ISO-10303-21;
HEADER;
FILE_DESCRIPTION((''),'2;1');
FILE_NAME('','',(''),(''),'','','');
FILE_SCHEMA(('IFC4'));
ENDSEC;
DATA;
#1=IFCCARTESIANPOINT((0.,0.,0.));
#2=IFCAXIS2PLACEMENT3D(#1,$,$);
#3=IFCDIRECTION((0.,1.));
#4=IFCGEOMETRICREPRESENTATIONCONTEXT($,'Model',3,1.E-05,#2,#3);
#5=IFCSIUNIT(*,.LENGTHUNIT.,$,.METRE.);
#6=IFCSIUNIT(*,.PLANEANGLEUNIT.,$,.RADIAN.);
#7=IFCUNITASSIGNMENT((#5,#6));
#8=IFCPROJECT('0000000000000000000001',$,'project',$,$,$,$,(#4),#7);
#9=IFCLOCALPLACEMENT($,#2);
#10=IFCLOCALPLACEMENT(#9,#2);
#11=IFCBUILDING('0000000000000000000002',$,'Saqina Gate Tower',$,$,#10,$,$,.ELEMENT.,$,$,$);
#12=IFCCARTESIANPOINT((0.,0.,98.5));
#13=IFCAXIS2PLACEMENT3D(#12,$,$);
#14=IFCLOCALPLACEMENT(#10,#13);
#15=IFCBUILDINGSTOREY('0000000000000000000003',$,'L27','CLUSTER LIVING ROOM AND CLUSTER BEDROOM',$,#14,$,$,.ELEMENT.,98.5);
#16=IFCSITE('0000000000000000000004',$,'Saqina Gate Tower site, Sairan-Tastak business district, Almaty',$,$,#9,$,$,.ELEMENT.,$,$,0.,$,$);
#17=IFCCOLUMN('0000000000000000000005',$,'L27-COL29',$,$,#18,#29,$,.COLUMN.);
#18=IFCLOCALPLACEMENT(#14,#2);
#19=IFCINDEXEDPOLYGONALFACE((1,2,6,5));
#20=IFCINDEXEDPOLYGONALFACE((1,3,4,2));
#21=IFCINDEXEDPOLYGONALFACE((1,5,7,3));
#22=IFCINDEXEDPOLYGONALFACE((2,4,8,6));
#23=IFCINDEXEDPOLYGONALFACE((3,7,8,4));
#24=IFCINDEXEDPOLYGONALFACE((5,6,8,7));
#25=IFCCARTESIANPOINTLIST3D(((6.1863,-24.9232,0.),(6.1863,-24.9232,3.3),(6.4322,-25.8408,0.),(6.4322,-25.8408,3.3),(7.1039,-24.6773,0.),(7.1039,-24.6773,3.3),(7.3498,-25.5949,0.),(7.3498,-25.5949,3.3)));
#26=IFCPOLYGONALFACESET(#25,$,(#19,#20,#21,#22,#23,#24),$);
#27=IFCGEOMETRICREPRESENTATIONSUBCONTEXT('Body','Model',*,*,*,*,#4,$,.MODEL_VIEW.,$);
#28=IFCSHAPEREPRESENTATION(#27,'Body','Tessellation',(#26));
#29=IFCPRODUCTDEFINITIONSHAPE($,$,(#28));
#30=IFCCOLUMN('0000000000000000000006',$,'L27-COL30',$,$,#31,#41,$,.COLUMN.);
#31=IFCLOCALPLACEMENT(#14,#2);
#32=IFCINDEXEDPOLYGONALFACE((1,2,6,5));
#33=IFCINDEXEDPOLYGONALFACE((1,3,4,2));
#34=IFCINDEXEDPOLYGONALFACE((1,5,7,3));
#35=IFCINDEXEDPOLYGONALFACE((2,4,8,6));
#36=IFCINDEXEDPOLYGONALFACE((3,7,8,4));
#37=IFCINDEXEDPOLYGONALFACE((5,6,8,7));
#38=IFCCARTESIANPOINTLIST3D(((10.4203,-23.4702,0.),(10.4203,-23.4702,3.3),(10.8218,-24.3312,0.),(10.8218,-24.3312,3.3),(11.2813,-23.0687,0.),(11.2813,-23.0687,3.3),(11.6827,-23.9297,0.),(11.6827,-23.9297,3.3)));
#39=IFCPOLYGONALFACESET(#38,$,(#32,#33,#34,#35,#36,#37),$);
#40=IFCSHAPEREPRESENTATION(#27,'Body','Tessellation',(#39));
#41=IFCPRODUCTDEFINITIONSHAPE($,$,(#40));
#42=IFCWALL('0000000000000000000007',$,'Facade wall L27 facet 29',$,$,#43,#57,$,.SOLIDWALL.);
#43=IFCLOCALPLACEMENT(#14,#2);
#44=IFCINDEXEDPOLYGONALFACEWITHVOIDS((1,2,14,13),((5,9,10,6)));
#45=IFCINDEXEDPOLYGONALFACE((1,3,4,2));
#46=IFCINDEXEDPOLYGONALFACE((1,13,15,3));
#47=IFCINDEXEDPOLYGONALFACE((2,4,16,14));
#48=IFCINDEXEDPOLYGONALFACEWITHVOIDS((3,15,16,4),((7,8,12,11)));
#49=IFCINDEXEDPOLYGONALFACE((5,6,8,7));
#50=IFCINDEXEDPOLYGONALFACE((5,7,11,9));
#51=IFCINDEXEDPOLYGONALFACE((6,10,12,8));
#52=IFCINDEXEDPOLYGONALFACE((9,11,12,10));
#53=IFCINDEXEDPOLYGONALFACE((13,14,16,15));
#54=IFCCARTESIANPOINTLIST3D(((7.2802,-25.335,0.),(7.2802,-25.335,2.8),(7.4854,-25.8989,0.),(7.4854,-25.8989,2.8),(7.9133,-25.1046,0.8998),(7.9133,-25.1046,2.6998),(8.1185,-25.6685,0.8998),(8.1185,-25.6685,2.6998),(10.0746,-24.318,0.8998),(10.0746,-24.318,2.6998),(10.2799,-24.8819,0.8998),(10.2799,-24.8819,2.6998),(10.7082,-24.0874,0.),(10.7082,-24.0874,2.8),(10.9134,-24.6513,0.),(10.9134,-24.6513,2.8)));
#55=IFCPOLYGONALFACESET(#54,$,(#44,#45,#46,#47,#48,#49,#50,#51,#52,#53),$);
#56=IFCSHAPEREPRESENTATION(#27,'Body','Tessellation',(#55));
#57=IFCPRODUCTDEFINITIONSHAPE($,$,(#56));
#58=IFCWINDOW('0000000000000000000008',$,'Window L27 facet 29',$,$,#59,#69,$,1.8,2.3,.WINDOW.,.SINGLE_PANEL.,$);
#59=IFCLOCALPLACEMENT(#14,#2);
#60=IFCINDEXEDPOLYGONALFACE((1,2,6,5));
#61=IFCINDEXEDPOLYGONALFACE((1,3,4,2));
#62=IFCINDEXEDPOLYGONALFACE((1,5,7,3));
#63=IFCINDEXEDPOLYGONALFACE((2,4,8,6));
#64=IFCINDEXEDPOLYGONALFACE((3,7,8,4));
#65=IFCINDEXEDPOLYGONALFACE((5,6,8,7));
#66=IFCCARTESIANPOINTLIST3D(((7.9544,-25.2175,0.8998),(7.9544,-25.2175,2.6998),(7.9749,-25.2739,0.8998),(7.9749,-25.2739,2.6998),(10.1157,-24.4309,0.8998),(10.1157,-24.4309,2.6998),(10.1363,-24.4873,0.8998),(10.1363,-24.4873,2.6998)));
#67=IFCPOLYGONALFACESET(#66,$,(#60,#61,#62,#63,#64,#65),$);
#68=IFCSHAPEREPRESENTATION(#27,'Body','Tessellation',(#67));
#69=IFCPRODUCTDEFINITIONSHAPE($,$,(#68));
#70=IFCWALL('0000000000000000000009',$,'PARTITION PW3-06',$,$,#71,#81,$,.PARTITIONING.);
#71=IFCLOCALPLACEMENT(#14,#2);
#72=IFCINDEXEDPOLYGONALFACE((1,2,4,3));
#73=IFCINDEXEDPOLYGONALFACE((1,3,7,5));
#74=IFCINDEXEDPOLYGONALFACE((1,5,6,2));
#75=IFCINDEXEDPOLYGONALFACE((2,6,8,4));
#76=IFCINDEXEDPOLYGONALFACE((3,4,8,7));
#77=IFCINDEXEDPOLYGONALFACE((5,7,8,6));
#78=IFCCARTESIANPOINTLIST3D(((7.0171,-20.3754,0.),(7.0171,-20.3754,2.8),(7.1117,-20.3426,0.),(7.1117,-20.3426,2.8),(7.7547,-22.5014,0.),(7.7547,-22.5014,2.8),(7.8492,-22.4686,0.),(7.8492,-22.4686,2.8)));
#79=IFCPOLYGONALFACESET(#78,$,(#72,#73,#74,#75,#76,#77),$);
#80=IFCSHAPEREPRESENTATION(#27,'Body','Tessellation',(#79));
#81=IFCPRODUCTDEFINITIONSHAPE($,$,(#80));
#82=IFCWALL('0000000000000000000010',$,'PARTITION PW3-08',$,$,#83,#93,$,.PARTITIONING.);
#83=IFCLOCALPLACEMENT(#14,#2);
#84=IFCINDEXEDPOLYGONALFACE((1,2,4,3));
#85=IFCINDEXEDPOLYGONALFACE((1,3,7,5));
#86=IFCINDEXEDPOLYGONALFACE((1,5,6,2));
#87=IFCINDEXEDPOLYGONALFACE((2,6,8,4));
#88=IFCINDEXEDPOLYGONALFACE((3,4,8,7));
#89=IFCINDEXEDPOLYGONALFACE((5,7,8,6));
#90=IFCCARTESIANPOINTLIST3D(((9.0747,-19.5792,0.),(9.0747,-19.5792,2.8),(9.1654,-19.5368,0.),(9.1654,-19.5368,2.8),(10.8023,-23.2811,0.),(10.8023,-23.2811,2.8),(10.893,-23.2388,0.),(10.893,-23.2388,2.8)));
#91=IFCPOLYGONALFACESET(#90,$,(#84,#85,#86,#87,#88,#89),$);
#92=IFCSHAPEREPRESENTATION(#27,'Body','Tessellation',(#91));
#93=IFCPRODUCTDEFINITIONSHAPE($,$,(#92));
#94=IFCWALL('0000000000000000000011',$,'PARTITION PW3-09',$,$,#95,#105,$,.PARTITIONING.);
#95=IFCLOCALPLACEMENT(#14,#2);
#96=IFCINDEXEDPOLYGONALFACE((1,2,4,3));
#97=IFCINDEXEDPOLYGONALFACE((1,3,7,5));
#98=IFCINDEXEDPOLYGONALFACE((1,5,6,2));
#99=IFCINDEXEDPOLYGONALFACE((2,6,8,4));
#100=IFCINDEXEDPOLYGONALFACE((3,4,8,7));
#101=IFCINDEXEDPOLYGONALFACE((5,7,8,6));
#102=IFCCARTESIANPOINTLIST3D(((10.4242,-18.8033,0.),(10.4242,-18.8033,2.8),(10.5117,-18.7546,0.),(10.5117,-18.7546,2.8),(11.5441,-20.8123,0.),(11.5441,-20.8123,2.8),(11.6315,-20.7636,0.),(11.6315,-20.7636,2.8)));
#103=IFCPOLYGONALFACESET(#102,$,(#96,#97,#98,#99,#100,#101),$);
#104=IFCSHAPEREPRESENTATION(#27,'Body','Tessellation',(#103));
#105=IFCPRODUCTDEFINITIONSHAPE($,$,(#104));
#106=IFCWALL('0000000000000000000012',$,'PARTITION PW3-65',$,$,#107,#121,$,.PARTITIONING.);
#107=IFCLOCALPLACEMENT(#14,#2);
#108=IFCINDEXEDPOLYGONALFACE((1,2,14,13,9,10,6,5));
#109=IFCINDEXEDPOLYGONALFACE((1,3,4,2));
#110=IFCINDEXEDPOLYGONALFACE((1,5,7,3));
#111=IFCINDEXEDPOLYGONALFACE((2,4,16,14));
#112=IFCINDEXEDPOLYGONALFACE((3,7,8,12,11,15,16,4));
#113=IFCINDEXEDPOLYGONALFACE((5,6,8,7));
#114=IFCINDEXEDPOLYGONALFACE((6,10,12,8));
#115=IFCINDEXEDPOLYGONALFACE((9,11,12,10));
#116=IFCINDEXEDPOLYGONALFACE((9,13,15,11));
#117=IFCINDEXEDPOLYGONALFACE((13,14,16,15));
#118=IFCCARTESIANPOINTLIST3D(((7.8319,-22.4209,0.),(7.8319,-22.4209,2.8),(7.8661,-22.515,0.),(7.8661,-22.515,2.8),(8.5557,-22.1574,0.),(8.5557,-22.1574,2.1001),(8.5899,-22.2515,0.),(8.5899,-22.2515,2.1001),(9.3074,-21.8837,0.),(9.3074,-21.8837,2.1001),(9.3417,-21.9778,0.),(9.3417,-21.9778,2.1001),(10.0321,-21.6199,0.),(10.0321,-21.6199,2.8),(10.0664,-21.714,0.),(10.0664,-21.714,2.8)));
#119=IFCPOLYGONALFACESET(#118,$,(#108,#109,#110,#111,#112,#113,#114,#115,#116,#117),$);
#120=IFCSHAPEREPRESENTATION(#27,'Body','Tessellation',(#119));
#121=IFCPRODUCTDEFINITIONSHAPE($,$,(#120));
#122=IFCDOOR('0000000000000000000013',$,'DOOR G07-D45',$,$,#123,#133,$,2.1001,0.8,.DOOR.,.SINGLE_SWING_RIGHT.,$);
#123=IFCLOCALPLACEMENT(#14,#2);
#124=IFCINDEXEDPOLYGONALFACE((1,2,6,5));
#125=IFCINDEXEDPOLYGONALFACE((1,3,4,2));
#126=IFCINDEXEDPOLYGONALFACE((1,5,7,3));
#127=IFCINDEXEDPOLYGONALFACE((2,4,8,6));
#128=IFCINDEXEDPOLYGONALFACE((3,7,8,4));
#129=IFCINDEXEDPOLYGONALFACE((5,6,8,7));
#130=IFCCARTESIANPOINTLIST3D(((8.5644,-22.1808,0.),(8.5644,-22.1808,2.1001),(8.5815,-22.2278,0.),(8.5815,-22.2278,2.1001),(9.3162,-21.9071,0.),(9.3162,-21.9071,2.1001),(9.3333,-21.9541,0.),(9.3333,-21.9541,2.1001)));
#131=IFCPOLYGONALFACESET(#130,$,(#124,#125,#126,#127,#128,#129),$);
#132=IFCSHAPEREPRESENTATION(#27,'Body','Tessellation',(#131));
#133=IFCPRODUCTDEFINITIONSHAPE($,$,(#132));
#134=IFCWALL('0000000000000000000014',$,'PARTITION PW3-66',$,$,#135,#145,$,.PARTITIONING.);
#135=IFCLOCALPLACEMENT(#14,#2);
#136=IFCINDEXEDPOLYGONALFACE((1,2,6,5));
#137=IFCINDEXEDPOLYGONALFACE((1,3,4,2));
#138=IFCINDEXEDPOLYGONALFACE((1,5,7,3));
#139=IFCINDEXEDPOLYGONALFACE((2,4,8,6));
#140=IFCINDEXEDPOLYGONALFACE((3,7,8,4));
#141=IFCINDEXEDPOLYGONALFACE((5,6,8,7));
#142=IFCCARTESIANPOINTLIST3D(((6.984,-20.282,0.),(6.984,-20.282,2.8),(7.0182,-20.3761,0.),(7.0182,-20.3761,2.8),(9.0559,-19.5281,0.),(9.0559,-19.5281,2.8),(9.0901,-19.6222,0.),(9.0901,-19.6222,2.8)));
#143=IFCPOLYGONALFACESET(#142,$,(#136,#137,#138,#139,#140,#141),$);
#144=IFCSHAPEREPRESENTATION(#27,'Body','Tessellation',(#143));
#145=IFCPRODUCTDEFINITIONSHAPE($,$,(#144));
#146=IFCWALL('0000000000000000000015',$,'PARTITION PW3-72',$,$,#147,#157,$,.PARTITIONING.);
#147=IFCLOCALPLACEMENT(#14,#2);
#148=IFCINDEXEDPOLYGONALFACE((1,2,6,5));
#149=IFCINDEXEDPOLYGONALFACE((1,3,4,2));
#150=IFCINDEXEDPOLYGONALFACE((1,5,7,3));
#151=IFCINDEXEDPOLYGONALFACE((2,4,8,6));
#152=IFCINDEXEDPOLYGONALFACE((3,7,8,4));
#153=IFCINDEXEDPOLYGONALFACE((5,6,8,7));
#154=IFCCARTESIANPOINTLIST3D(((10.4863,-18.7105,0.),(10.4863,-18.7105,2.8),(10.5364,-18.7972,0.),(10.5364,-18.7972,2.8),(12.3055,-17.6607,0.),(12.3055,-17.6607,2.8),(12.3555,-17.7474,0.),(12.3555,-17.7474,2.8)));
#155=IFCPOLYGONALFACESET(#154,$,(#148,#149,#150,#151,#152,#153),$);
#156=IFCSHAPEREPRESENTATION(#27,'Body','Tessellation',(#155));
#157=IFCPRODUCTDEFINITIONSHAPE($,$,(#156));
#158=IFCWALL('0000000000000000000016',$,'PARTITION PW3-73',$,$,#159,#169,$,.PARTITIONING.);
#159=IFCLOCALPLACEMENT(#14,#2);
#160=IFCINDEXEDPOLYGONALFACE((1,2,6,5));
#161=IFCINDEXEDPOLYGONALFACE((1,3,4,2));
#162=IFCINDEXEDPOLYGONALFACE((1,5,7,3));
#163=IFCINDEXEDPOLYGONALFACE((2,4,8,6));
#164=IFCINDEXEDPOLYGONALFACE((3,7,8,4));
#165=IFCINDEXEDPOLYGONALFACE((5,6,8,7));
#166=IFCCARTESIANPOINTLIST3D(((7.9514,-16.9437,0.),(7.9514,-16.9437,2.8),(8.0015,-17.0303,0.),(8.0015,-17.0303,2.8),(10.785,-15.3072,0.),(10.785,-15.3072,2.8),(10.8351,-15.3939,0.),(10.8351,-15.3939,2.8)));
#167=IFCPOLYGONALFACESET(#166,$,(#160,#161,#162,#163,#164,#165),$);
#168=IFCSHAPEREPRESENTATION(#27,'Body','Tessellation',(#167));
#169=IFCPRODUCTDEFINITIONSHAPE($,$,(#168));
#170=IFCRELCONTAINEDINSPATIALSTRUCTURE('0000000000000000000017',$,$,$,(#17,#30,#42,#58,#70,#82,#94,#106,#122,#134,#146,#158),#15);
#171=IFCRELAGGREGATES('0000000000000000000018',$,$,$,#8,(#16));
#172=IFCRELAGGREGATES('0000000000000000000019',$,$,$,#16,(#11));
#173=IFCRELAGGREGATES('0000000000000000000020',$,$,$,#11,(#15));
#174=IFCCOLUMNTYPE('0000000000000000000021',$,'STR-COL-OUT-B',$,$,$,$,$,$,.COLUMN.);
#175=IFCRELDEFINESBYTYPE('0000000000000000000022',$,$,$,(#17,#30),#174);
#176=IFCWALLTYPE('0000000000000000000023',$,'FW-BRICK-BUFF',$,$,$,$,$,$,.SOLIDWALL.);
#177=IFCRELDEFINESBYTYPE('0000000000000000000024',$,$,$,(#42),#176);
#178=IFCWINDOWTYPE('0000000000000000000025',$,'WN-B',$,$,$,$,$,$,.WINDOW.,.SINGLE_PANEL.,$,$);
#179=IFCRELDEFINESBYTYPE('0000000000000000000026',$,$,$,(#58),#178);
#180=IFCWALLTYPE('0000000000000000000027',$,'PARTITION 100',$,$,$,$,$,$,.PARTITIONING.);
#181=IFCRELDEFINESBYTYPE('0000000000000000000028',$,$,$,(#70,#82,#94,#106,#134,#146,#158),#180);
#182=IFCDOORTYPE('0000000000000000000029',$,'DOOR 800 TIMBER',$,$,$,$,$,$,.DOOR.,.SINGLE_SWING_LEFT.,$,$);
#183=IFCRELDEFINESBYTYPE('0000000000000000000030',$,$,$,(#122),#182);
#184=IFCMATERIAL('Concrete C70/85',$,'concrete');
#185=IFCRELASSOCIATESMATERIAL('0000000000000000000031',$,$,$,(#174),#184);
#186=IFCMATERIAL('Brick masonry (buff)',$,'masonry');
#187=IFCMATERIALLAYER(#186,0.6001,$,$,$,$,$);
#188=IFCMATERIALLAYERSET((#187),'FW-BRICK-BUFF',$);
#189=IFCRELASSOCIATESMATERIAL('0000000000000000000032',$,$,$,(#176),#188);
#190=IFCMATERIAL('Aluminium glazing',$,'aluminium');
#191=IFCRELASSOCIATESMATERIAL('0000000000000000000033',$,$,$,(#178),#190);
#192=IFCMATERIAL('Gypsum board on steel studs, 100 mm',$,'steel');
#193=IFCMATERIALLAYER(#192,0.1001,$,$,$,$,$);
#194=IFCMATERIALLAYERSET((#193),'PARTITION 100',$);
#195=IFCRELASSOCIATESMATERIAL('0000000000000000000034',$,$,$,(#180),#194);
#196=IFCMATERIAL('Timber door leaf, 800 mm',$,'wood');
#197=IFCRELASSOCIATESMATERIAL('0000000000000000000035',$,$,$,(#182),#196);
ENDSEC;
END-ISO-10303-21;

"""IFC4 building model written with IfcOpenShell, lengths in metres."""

from ifc_helpers import new_model, si_unit, direction, frame, frame_2d, origin, origin_2d, place, context, subcontext, project, spatial, rectangle, extrude, material, layer, layer_set, material_profile, profile_set, type_object, element, fill, save


model = new_model("IFC4")

# Units and contexts
model_context = context("Model", 3, precision=1e-05, world=origin(), true_north=direction((0.0, 1.0)))
body_context = subcontext(model_context, "Body", "Model", "MODEL_VIEW")
ifc_project = project(units=[si_unit("LENGTHUNIT", "METRE"), si_unit("PLANEANGLEUNIT", "RADIAN")], contexts=[model_context])

# Site, building, storey
site_placement = place(None, origin())
site = spatial("IfcSite", under=ifc_project, at=site_placement, Name="Saqina Gate Tower site, Sairan-Tastak business district, Almaty", CompositionType="ELEMENT", RefElevation=0.0)
building_placement = place(site_placement, origin())
building = spatial("IfcBuilding", under=site, at=building_placement, Name="Saqina Gate Tower", CompositionType="ELEMENT")
storey_placement = place(building_placement, frame((0.0, 0.0, 98.5)))
storey = spatial("IfcBuildingStorey", under=building, at=storey_placement, Name="L27", Description="CLUSTER LIVING ROOM AND CLUSTER BEDROOM", CompositionType="ELEMENT", Elevation=98.5)

# Columns
ifc_material_1 = material(Name="Concrete C70/85", Category="concrete")
ifc_material_profile = material_profile(ifc_material_1, rectangle(XDim=0.95, YDim=0.95, at=origin_2d()), Name="RC 950x950")
ifc_profile_set = profile_set([ifc_material_profile], Name="Concrete C70/85")
column_type = type_object("IfcColumnType", Name="STR-COL-OUT-B", PredefinedType="COLUMN", material=ifc_profile_set)
for number, where, z_axis, x_axis, name in (
    (1, (6.7681, -25.259, 0.0), (0.0, 0.0, 1.0), (0.258819, -0.965926, 0.0), "L27-COL29"),
    (2, (11.0515, -23.7, 0.0), (0.0, 0.0, 1.0), (0.422618, -0.906308, 0.0), "L27-COL30"),
):
    element("IfcColumn", number, at=place(storey_placement, frame(where, z_axis=z_axis, x_axis=x_axis)), inside=storey, type_object=column_type, Name=name, PredefinedType="COLUMN", context=body_context, shape_type="SweptSolid", body=[
        extrude(rectangle(XDim=0.95, YDim=0.95, at=origin_2d()), origin(), (0.0, 0.0, 1.0), 3.3),
    ])

# Wall, opening, window
ifc_material_2 = material(Name="Brick masonry (buff)", Category="masonry")
ifc_layer_1 = layer(ifc_material_2, 0.6001)
ifc_layer_set_1 = layer_set([ifc_layer_1], Name="FW-BRICK-BUFF")
wall_type_1 = type_object("IfcWallType", Name="FW-BRICK-BUFF", PredefinedType="SOLIDWALL", material=ifc_layer_set_1)
wall_1_placement = place(storey_placement, frame((7.3828, -25.6169, 0.0), z_axis=(0.0, 0.0, 1.0), x_axis=(0.939704, 0.34199, 0.0)))
wall_1 = element("IfcWall", 3, at=wall_1_placement, inside=storey, type_object=wall_type_1, Name="Facade wall L27 facet 29", PredefinedType="SOLIDWALL", context=body_context, shape_type="SweptSolid", body=[
    extrude(rectangle(XDim=3.6479, YDim=0.6001, at=frame_2d((1.824, 0.0))), origin(), (0.0, 0.0, 1.0), 2.8),
])
opening_1_placement = place(wall_1_placement, frame((0.6738, 0.0, 0.8999)))
opening_1 = element("IfcOpeningElement", 4, at=opening_1_placement, cuts=wall_1, PredefinedType="OPENING", context=body_context, shape_type="SweptSolid", body=[
    extrude(rectangle(XDim=2.3, YDim=1.8, at=frame_2d((1.1499, 0.8999))), frame((0.0, 0.312, 0.0), z_axis=(0.0, -1.0, 0.0), x_axis=(1.0, 0.0, 0.0)), (0.0, 0.0, 1.0), 0.624),
])
ifc_material_3 = material(Name="Aluminium glazing", Category="aluminium")
window_type = type_object("IfcWindowType", Name="WN-B", PartitioningType="SINGLE_PANEL", PredefinedType="WINDOW", material=ifc_material_3)
window_placement = place(opening_1_placement, origin())
window = element("IfcWindow", 5, at=window_placement, inside=storey, type_object=window_type, Name="Window L27 facet 29", OverallHeight=1.8, OverallWidth=2.3, PartitioningType="SINGLE_PANEL", PredefinedType="WINDOW", context=body_context, shape_type="SweptSolid", body=[
    extrude(rectangle(XDim=2.3, YDim=1.8, at=frame_2d((1.1499, 0.8999))), frame((0.0, 0.1799, 0.0), z_axis=(0.0, -1.0, 0.0), x_axis=(1.0, 0.0, 0.0)), (0.0, 0.0, 1.0), 0.0601),
])
fill(opening_1, window)

# Walls
ifc_material_4 = material(Name="Gypsum board on steel studs, 100 mm", Category="steel")
ifc_layer_2 = layer(ifc_material_4, 0.1001)
ifc_layer_set_2 = layer_set([ifc_layer_2], Name="PARTITION 100")
wall_type_2 = type_object("IfcWallType", Name="PARTITION 100", PredefinedType="PARTITIONING", material=ifc_layer_set_2)
wall_2_placement = place(storey_placement, frame((7.0645, -20.3591, 0.0), z_axis=(0.0, 0.0, 1.0), x_axis=(0.327759, -0.944761, 0.0)))
element("IfcWall", 6, at=wall_2_placement, inside=storey, type_object=wall_type_2, Name="PARTITION PW3-06", PredefinedType="PARTITIONING", context=body_context, shape_type="SweptSolid", body=[
    extrude(rectangle(XDim=2.2502, YDim=0.1001, at=frame_2d((1.125, 0.0))), origin(), (0.0, 0.0, 1.0), 2.8),
])
wall_3_placement = place(storey_placement, frame((9.1201, -19.5581, 0.0), z_axis=(0.0, 0.0, 1.0), x_axis=(0.422882, -0.906185, 0.0)))
element("IfcWall", 7, at=wall_3_placement, inside=storey, type_object=wall_type_2, Name="PARTITION PW3-08", PredefinedType="PARTITIONING", context=body_context, shape_type="SweptSolid", body=[
    extrude(rectangle(XDim=4.0852, YDim=0.1001, at=frame_2d((2.0425, 0.0))), origin(), (0.0, 0.0, 1.0), 2.8),
])
wall_4_placement = place(storey_placement, frame((10.468, -18.7791, 0.0), z_axis=(0.0, 0.0, 1.0), x_axis=(0.486886, -0.873465, 0.0)))
element("IfcWall", 8, at=wall_4_placement, inside=storey, type_object=wall_type_2, Name="PARTITION PW3-09", PredefinedType="PARTITIONING", context=body_context, shape_type="SweptSolid", body=[
    extrude(rectangle(XDim=2.3, YDim=0.1001, at=frame_2d((1.1499, 0.0))), origin(), (0.0, 0.0, 1.0), 2.8),
])

# Wall, opening, door
wall_5_placement = place(storey_placement, frame((7.8489, -22.468, 0.0), z_axis=(0.0, 0.0, 1.0), x_axis=(0.939662, 0.342103, 0.0)))
wall_5 = element("IfcWall", 9, at=wall_5_placement, inside=storey, type_object=wall_type_2, Name="PARTITION PW3-65", PredefinedType="PARTITIONING", context=body_context, shape_type="SweptSolid", body=[
    extrude(rectangle(XDim=2.3416, YDim=0.1001, at=frame_2d((1.1709, 0.0))), origin(), (0.0, 0.0, 1.0), 2.8),
])
opening_2_placement = place(wall_5_placement, frame((0.7705, 0.0, 0.0)))
opening_2 = element("IfcOpeningElement", 10, at=opening_2_placement, cuts=wall_5, PredefinedType="OPENING", context=body_context, shape_type="SweptSolid", body=[
    extrude(rectangle(XDim=0.8, YDim=2.1001, at=frame_2d((0.3999, 1.05))), frame((0.0, 0.062, 0.0), z_axis=(0.0, -1.0, 0.0), x_axis=(1.0, 0.0, 0.0)), (0.0, 0.0, 1.0), 0.124),
])
ifc_material_5 = material(Name="Timber door leaf, 800 mm", Category="wood")
door_type_1 = type_object("IfcDoorType", Name="DOOR 800 TIMBER", OperationType="SINGLE_SWING_LEFT", PredefinedType="DOOR", material=ifc_material_5)
door_1_placement = place(opening_2_placement, frame((0.8, 0.0, 0.0), z_axis=(0.0, 0.0, 1.0), x_axis=(-1.0, 0.0, 0.0)))
door_1 = element("IfcDoor", 11, at=door_1_placement, inside=storey, type_object=door_type_1, Name="DOOR G07-D45", OperationType="SINGLE_SWING_RIGHT", OverallHeight=2.1001, OverallWidth=0.8, PredefinedType="DOOR", context=body_context, shape_type="SweptSolid", body=[
    extrude(rectangle(XDim=0.8, YDim=2.1001, at=frame_2d((0.3999, 1.05))), frame((0.0, 0.0249, 0.0), z_axis=(0.0, -1.0, 0.0), x_axis=(1.0, 0.0, 0.0)), (0.0, 0.0, 1.0), 0.05),
])
fill(opening_2, door_1)

# Walls
wall_6_placement = place(storey_placement, frame((7.001, -20.3291, 0.0), z_axis=(0.0, 0.0, 1.0), x_axis=(0.939729, 0.341921, 0.0)))
element("IfcWall", 12, at=wall_6_placement, inside=storey, type_object=wall_type_2, Name="PARTITION PW3-66", PredefinedType="PARTITIONING", context=body_context, shape_type="SweptSolid", body=[
    extrude(rectangle(XDim=2.2048, YDim=0.1001, at=frame_2d((1.1025, 0.0))), origin(), (0.0, 0.0, 1.0), 2.8),
])
wall_7_placement = place(storey_placement, frame((10.5112, -18.7539, 0.0), z_axis=(0.0, 0.0, 1.0), x_axis=(0.866118, 0.49984, 0.0)))
element("IfcWall", 13, at=wall_7_placement, inside=storey, type_object=wall_type_2, Name="PARTITION PW3-72", PredefinedType="PARTITIONING", context=body_context, shape_type="SweptSolid", body=[
    extrude(rectangle(XDim=2.1003, YDim=0.1001, at=frame_2d((1.0503, 0.0))), origin(), (0.0, 0.0, 1.0), 2.8),
])
wall_8_placement = place(storey_placement, frame((7.9763, -16.9871, 0.0), z_axis=(0.0, 0.0, 1.0), x_axis=(0.865971, 0.500095, 0.0)))
element("IfcWall", 14, at=wall_8_placement, inside=storey, type_object=wall_type_2, Name="PARTITION PW3-73", PredefinedType="PARTITIONING", context=body_context, shape_type="SweptSolid", body=[
    extrude(rectangle(XDim=3.2722, YDim=0.1001, at=frame_2d((1.6362, 0.0))), origin(), (0.0, 0.0, 1.0), 2.8),
])

save(model, "model.ifc")
